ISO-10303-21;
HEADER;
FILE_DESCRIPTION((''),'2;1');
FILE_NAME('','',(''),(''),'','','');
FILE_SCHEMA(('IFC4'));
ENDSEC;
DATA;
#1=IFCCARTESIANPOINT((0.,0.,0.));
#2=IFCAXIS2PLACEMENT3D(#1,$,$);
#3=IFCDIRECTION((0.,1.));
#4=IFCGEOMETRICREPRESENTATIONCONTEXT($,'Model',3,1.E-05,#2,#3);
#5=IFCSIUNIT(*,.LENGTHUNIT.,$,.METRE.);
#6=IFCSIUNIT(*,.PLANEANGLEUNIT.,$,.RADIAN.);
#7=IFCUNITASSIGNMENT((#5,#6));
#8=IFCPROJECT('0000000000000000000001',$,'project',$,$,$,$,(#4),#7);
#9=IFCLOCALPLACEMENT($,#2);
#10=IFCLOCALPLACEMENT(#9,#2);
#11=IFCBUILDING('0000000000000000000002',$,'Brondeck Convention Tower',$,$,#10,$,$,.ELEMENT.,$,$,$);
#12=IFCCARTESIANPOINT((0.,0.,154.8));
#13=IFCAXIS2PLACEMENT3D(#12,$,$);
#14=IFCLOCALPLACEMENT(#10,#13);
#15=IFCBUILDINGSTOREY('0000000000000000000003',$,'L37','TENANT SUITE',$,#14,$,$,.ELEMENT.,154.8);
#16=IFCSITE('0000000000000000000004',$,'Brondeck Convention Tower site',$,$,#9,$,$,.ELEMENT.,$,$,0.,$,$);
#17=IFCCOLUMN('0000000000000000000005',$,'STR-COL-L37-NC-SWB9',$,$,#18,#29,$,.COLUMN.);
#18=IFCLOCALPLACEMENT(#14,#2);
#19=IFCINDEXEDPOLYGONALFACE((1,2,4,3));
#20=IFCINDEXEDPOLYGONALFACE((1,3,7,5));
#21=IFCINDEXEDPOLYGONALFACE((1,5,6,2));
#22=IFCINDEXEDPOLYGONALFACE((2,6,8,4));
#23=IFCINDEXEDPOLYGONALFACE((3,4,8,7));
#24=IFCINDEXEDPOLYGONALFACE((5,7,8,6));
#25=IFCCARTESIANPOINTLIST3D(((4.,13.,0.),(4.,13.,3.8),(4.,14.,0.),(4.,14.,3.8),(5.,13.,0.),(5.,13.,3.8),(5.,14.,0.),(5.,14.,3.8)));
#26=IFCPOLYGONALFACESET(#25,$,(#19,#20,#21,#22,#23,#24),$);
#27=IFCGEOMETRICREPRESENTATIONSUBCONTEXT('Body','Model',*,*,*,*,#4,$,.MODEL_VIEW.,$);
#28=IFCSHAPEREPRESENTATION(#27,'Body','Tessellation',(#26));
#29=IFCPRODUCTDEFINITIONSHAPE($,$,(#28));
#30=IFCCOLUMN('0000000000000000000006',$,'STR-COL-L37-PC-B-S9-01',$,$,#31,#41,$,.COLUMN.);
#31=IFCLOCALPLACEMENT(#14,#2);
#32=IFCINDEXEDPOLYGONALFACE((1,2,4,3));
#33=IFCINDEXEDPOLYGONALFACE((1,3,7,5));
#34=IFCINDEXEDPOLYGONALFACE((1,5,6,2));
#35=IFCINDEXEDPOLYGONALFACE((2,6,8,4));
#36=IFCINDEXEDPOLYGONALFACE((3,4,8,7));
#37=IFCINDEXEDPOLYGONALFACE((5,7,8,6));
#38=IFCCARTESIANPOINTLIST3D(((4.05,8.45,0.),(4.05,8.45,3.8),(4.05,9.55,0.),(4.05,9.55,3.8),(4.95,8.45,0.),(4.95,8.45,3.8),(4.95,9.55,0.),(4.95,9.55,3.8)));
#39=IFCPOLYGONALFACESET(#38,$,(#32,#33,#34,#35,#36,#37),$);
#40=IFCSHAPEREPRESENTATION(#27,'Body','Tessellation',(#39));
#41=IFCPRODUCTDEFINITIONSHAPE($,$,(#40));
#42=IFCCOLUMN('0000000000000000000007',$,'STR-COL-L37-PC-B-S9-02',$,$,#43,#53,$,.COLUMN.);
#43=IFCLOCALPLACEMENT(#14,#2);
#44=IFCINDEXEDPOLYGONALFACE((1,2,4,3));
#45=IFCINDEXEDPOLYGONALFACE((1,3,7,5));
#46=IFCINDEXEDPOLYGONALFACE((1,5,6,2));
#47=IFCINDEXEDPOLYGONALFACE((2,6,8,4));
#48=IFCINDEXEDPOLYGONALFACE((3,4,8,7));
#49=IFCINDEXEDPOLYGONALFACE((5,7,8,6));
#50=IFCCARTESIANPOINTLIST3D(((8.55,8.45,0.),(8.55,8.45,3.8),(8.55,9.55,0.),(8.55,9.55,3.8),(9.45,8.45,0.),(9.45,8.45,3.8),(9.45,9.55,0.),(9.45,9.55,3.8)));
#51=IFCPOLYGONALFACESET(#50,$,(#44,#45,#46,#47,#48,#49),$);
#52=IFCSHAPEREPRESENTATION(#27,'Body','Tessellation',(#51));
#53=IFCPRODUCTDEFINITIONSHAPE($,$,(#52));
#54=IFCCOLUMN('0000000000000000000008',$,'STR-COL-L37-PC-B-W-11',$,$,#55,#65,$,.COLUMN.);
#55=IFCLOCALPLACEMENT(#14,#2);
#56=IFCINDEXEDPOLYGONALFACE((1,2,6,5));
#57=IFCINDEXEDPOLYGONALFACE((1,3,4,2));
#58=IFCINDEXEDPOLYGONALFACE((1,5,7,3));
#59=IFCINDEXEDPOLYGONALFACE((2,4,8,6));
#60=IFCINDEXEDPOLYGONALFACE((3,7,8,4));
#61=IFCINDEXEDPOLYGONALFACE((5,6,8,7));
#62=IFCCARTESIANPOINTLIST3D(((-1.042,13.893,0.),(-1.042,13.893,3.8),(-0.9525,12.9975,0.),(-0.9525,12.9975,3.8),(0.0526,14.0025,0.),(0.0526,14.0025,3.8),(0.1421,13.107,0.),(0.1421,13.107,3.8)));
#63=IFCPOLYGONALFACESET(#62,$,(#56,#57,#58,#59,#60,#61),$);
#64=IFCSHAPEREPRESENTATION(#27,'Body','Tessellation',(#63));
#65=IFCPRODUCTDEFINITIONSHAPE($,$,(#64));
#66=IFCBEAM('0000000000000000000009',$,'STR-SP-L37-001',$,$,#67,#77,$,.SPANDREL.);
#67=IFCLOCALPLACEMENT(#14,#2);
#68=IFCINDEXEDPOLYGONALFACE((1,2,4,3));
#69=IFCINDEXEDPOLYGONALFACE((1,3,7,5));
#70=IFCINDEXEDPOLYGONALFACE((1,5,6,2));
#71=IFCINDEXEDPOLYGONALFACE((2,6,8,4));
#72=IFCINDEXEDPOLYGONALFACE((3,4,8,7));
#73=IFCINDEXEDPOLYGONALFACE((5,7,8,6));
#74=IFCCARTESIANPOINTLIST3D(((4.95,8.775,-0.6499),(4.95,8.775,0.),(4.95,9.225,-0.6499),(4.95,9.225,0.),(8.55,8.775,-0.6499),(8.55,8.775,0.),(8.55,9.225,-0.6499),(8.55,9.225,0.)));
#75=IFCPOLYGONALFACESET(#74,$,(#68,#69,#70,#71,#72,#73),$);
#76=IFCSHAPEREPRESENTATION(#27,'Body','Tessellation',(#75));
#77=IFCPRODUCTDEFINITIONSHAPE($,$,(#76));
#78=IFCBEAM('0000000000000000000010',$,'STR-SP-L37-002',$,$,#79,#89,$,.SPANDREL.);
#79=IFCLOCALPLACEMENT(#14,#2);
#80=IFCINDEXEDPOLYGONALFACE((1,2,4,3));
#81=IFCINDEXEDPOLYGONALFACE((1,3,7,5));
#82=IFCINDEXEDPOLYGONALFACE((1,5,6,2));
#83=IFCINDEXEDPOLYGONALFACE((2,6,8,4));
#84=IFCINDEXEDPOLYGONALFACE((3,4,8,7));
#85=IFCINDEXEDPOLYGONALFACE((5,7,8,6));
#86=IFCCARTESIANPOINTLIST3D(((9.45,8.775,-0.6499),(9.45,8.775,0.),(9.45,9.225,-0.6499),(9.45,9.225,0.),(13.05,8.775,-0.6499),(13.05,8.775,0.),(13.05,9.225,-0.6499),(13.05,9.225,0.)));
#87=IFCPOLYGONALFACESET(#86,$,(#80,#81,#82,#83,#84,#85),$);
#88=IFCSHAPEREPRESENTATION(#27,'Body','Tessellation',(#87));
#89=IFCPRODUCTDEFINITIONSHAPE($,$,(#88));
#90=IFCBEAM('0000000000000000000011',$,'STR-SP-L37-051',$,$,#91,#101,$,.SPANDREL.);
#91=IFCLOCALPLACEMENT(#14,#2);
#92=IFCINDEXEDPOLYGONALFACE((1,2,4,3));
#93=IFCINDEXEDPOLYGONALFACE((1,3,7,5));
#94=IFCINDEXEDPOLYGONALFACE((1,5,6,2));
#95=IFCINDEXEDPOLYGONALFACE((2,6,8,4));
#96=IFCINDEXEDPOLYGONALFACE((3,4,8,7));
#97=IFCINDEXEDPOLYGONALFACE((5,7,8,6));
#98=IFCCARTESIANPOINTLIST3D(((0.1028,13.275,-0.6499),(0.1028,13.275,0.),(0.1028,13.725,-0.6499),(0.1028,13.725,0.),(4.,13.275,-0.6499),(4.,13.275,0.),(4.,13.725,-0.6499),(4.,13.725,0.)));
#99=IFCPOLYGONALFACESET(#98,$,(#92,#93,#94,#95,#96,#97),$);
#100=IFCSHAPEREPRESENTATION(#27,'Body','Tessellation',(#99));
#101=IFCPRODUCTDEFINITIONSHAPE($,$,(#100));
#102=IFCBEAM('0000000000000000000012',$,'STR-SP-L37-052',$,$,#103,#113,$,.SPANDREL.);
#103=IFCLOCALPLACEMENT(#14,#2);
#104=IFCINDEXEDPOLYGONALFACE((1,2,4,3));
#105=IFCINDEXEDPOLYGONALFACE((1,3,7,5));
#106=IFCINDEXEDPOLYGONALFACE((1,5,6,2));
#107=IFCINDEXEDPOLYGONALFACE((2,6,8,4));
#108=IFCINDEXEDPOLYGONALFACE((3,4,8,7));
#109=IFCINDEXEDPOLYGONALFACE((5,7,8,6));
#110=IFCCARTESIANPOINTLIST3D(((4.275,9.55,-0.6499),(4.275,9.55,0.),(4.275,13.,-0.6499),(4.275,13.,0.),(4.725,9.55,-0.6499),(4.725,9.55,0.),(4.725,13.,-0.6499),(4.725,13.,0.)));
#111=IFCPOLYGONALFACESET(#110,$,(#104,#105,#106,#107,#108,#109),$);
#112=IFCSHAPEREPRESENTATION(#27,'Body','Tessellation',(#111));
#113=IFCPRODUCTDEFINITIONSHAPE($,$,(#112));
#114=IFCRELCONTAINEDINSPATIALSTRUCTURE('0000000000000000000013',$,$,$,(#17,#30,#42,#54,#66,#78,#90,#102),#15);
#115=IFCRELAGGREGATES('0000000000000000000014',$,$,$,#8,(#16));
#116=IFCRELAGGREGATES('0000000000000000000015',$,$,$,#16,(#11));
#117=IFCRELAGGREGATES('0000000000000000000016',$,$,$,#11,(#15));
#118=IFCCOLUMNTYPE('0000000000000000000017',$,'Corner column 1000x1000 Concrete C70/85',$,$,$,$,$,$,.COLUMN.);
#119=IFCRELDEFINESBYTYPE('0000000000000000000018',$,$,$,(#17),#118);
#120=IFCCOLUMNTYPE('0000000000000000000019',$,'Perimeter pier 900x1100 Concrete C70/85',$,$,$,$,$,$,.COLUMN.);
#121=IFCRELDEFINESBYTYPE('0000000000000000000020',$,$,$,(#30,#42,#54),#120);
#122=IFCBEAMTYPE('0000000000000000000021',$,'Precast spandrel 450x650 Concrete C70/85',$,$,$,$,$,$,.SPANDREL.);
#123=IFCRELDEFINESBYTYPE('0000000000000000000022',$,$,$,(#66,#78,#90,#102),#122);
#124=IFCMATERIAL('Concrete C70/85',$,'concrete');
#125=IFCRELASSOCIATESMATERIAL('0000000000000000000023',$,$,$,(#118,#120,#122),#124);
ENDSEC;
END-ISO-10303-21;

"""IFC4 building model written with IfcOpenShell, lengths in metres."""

from ifc_helpers import new_model, si_unit, direction, frame, origin, origin_2d, place, context, subcontext, project, spatial, rectangle, extrude, material, material_profile, profile_set, type_object, element, save


model = new_model("IFC4")

# Units and contexts
model_context = context("Model", 3, precision=1e-05, world=origin(), true_north=direction((0.0, 1.0)))
body_context = subcontext(model_context, "Body", "Model", "MODEL_VIEW")
ifc_project = project(units=[si_unit("LENGTHUNIT", "METRE"), si_unit("PLANEANGLEUNIT", "RADIAN")], contexts=[model_context])

# Site, building, storey
site_placement = place(None, origin())
site = spatial("IfcSite", under=ifc_project, at=site_placement, Name="Brondeck Convention Tower site", CompositionType="ELEMENT", RefElevation=0.0)
building_placement = place(site_placement, origin())
building = spatial("IfcBuilding", under=site, at=building_placement, Name="Brondeck Convention Tower", CompositionType="ELEMENT")
storey_placement = place(building_placement, frame((0.0, 0.0, 154.8)))
storey = spatial("IfcBuildingStorey", under=building, at=storey_placement, Name="L37", Description="TENANT SUITE", CompositionType="ELEMENT", Elevation=154.8)

# Columns
ifc_material_1 = material(Name="Concrete C70/85", Category="concrete")
ifc_material_profile_1 = material_profile(ifc_material_1, rectangle(XDim=1.0, YDim=1.0, at=origin_2d()), Name="Corner column 1000x1000 Concrete C70/85")
ifc_profile_set_1 = profile_set([ifc_material_profile_1], Name="Concrete C70/85")
column_type_1 = type_object("IfcColumnType", Name="Corner column 1000x1000 Concrete C70/85", PredefinedType="COLUMN", material=ifc_profile_set_1)
column_placement = place(storey_placement, frame((4.5, 13.5, 0.0), z_axis=(0.0, 0.0, 1.0), x_axis=(1.0, 0.0, 0.0)))
element("IfcColumn", 1, at=column_placement, inside=storey, type_object=column_type_1, Name="STR-COL-L37-NC-SWB9", PredefinedType="COLUMN", context=body_context, shape_type="SweptSolid", body=[
    extrude(rectangle(XDim=1.0, YDim=1.0, at=origin_2d()), origin(), (0.0, 0.0, 1.0), 3.8),
])
ifc_material_profile_2 = material_profile(ifc_material_1, rectangle(XDim=0.8999, YDim=1.1001, at=origin_2d()), Name="Perimeter pier 900x1100 Concrete C70/85")
ifc_profile_set_2 = profile_set([ifc_material_profile_2], Name="Concrete C70/85")
column_type_2 = type_object("IfcColumnType", Name="Perimeter pier 900x1100 Concrete C70/85", PredefinedType="COLUMN", material=ifc_profile_set_2)
for number, where, z_axis, x_axis, name in (
    (2, (4.5, 9.0, 0.0), (0.0, 0.0, 1.0), (1.0, 0.0, 0.0), "STR-COL-L37-PC-B-S9-01"),
    (3, (9.0, 9.0, 0.0), (0.0, 0.0, 1.0), (1.0, 0.0, 0.0), "STR-COL-L37-PC-B-S9-02"),
    (4, (-0.45, 13.5, 0.0), (0.0, 0.0, 1.0), (0.099504, -0.995037, 0.0), "STR-COL-L37-PC-B-W-11"),
):
    element("IfcColumn", number, at=place(storey_placement, frame(where, z_axis=z_axis, x_axis=x_axis)), inside=storey, type_object=column_type_2, Name=name, PredefinedType="COLUMN", context=body_context, shape_type="SweptSolid", body=[
        extrude(rectangle(XDim=0.8999, YDim=1.1001, at=origin_2d()), origin(), (0.0, 0.0, 1.0), 3.8),
    ])

# Beams
ifc_material_profile_3 = material_profile(ifc_material_1, rectangle(XDim=0.45, YDim=0.6499, at=origin_2d()), Name="Precast spandrel 450x650 Concrete C70/85")
ifc_profile_set_3 = profile_set([ifc_material_profile_3], Name="Concrete C70/85")
beam_type = type_object("IfcBeamType", Name="Precast spandrel 450x650 Concrete C70/85", PredefinedType="SPANDREL", material=ifc_profile_set_3)
for number, where, z_axis, x_axis, name in (
    (5, (4.95, 9.0, -0.325), (1.0, 0.0, 0.0), (0.0, 1.0, 0.0), "STR-SP-L37-001"),
    (6, (9.45, 9.0, -0.325), (1.0, 0.0, 0.0), (0.0, 1.0, 0.0), "STR-SP-L37-002"),
):
    element("IfcBeam", number, at=place(storey_placement, frame(where, z_axis=z_axis, x_axis=x_axis)), inside=storey, type_object=beam_type, Name=name, PredefinedType="SPANDREL", context=body_context, shape_type="SweptSolid", body=[
        extrude(rectangle(XDim=0.45, YDim=0.6499, at=origin_2d()), origin(), (0.0, 0.0, 1.0), 3.6001),
    ])
beam_1_placement = place(storey_placement, frame((0.1028, 13.5, -0.325), z_axis=(1.0, 0.0, 0.0), x_axis=(0.0, 1.0, 0.0)))
element("IfcBeam", 7, at=beam_1_placement, inside=storey, type_object=beam_type, Name="STR-SP-L37-051", PredefinedType="SPANDREL", context=body_context, shape_type="SweptSolid", body=[
    extrude(rectangle(XDim=0.45, YDim=0.6499, at=origin_2d()), origin(), (0.0, 0.0, 1.0), 3.8972),
])
beam_2_placement = place(storey_placement, frame((4.5, 13.0, -0.325), z_axis=(0.0, -1.0, 0.0), x_axis=(1.0, 0.0, 0.0)))
element("IfcBeam", 8, at=beam_2_placement, inside=storey, type_object=beam_type, Name="STR-SP-L37-052", PredefinedType="SPANDREL", context=body_context, shape_type="SweptSolid", body=[
    extrude(rectangle(XDim=0.45, YDim=0.6499, at=origin_2d()), origin(), (0.0, 0.0, 1.0), 3.45),
])

save(model, "model.ifc")
